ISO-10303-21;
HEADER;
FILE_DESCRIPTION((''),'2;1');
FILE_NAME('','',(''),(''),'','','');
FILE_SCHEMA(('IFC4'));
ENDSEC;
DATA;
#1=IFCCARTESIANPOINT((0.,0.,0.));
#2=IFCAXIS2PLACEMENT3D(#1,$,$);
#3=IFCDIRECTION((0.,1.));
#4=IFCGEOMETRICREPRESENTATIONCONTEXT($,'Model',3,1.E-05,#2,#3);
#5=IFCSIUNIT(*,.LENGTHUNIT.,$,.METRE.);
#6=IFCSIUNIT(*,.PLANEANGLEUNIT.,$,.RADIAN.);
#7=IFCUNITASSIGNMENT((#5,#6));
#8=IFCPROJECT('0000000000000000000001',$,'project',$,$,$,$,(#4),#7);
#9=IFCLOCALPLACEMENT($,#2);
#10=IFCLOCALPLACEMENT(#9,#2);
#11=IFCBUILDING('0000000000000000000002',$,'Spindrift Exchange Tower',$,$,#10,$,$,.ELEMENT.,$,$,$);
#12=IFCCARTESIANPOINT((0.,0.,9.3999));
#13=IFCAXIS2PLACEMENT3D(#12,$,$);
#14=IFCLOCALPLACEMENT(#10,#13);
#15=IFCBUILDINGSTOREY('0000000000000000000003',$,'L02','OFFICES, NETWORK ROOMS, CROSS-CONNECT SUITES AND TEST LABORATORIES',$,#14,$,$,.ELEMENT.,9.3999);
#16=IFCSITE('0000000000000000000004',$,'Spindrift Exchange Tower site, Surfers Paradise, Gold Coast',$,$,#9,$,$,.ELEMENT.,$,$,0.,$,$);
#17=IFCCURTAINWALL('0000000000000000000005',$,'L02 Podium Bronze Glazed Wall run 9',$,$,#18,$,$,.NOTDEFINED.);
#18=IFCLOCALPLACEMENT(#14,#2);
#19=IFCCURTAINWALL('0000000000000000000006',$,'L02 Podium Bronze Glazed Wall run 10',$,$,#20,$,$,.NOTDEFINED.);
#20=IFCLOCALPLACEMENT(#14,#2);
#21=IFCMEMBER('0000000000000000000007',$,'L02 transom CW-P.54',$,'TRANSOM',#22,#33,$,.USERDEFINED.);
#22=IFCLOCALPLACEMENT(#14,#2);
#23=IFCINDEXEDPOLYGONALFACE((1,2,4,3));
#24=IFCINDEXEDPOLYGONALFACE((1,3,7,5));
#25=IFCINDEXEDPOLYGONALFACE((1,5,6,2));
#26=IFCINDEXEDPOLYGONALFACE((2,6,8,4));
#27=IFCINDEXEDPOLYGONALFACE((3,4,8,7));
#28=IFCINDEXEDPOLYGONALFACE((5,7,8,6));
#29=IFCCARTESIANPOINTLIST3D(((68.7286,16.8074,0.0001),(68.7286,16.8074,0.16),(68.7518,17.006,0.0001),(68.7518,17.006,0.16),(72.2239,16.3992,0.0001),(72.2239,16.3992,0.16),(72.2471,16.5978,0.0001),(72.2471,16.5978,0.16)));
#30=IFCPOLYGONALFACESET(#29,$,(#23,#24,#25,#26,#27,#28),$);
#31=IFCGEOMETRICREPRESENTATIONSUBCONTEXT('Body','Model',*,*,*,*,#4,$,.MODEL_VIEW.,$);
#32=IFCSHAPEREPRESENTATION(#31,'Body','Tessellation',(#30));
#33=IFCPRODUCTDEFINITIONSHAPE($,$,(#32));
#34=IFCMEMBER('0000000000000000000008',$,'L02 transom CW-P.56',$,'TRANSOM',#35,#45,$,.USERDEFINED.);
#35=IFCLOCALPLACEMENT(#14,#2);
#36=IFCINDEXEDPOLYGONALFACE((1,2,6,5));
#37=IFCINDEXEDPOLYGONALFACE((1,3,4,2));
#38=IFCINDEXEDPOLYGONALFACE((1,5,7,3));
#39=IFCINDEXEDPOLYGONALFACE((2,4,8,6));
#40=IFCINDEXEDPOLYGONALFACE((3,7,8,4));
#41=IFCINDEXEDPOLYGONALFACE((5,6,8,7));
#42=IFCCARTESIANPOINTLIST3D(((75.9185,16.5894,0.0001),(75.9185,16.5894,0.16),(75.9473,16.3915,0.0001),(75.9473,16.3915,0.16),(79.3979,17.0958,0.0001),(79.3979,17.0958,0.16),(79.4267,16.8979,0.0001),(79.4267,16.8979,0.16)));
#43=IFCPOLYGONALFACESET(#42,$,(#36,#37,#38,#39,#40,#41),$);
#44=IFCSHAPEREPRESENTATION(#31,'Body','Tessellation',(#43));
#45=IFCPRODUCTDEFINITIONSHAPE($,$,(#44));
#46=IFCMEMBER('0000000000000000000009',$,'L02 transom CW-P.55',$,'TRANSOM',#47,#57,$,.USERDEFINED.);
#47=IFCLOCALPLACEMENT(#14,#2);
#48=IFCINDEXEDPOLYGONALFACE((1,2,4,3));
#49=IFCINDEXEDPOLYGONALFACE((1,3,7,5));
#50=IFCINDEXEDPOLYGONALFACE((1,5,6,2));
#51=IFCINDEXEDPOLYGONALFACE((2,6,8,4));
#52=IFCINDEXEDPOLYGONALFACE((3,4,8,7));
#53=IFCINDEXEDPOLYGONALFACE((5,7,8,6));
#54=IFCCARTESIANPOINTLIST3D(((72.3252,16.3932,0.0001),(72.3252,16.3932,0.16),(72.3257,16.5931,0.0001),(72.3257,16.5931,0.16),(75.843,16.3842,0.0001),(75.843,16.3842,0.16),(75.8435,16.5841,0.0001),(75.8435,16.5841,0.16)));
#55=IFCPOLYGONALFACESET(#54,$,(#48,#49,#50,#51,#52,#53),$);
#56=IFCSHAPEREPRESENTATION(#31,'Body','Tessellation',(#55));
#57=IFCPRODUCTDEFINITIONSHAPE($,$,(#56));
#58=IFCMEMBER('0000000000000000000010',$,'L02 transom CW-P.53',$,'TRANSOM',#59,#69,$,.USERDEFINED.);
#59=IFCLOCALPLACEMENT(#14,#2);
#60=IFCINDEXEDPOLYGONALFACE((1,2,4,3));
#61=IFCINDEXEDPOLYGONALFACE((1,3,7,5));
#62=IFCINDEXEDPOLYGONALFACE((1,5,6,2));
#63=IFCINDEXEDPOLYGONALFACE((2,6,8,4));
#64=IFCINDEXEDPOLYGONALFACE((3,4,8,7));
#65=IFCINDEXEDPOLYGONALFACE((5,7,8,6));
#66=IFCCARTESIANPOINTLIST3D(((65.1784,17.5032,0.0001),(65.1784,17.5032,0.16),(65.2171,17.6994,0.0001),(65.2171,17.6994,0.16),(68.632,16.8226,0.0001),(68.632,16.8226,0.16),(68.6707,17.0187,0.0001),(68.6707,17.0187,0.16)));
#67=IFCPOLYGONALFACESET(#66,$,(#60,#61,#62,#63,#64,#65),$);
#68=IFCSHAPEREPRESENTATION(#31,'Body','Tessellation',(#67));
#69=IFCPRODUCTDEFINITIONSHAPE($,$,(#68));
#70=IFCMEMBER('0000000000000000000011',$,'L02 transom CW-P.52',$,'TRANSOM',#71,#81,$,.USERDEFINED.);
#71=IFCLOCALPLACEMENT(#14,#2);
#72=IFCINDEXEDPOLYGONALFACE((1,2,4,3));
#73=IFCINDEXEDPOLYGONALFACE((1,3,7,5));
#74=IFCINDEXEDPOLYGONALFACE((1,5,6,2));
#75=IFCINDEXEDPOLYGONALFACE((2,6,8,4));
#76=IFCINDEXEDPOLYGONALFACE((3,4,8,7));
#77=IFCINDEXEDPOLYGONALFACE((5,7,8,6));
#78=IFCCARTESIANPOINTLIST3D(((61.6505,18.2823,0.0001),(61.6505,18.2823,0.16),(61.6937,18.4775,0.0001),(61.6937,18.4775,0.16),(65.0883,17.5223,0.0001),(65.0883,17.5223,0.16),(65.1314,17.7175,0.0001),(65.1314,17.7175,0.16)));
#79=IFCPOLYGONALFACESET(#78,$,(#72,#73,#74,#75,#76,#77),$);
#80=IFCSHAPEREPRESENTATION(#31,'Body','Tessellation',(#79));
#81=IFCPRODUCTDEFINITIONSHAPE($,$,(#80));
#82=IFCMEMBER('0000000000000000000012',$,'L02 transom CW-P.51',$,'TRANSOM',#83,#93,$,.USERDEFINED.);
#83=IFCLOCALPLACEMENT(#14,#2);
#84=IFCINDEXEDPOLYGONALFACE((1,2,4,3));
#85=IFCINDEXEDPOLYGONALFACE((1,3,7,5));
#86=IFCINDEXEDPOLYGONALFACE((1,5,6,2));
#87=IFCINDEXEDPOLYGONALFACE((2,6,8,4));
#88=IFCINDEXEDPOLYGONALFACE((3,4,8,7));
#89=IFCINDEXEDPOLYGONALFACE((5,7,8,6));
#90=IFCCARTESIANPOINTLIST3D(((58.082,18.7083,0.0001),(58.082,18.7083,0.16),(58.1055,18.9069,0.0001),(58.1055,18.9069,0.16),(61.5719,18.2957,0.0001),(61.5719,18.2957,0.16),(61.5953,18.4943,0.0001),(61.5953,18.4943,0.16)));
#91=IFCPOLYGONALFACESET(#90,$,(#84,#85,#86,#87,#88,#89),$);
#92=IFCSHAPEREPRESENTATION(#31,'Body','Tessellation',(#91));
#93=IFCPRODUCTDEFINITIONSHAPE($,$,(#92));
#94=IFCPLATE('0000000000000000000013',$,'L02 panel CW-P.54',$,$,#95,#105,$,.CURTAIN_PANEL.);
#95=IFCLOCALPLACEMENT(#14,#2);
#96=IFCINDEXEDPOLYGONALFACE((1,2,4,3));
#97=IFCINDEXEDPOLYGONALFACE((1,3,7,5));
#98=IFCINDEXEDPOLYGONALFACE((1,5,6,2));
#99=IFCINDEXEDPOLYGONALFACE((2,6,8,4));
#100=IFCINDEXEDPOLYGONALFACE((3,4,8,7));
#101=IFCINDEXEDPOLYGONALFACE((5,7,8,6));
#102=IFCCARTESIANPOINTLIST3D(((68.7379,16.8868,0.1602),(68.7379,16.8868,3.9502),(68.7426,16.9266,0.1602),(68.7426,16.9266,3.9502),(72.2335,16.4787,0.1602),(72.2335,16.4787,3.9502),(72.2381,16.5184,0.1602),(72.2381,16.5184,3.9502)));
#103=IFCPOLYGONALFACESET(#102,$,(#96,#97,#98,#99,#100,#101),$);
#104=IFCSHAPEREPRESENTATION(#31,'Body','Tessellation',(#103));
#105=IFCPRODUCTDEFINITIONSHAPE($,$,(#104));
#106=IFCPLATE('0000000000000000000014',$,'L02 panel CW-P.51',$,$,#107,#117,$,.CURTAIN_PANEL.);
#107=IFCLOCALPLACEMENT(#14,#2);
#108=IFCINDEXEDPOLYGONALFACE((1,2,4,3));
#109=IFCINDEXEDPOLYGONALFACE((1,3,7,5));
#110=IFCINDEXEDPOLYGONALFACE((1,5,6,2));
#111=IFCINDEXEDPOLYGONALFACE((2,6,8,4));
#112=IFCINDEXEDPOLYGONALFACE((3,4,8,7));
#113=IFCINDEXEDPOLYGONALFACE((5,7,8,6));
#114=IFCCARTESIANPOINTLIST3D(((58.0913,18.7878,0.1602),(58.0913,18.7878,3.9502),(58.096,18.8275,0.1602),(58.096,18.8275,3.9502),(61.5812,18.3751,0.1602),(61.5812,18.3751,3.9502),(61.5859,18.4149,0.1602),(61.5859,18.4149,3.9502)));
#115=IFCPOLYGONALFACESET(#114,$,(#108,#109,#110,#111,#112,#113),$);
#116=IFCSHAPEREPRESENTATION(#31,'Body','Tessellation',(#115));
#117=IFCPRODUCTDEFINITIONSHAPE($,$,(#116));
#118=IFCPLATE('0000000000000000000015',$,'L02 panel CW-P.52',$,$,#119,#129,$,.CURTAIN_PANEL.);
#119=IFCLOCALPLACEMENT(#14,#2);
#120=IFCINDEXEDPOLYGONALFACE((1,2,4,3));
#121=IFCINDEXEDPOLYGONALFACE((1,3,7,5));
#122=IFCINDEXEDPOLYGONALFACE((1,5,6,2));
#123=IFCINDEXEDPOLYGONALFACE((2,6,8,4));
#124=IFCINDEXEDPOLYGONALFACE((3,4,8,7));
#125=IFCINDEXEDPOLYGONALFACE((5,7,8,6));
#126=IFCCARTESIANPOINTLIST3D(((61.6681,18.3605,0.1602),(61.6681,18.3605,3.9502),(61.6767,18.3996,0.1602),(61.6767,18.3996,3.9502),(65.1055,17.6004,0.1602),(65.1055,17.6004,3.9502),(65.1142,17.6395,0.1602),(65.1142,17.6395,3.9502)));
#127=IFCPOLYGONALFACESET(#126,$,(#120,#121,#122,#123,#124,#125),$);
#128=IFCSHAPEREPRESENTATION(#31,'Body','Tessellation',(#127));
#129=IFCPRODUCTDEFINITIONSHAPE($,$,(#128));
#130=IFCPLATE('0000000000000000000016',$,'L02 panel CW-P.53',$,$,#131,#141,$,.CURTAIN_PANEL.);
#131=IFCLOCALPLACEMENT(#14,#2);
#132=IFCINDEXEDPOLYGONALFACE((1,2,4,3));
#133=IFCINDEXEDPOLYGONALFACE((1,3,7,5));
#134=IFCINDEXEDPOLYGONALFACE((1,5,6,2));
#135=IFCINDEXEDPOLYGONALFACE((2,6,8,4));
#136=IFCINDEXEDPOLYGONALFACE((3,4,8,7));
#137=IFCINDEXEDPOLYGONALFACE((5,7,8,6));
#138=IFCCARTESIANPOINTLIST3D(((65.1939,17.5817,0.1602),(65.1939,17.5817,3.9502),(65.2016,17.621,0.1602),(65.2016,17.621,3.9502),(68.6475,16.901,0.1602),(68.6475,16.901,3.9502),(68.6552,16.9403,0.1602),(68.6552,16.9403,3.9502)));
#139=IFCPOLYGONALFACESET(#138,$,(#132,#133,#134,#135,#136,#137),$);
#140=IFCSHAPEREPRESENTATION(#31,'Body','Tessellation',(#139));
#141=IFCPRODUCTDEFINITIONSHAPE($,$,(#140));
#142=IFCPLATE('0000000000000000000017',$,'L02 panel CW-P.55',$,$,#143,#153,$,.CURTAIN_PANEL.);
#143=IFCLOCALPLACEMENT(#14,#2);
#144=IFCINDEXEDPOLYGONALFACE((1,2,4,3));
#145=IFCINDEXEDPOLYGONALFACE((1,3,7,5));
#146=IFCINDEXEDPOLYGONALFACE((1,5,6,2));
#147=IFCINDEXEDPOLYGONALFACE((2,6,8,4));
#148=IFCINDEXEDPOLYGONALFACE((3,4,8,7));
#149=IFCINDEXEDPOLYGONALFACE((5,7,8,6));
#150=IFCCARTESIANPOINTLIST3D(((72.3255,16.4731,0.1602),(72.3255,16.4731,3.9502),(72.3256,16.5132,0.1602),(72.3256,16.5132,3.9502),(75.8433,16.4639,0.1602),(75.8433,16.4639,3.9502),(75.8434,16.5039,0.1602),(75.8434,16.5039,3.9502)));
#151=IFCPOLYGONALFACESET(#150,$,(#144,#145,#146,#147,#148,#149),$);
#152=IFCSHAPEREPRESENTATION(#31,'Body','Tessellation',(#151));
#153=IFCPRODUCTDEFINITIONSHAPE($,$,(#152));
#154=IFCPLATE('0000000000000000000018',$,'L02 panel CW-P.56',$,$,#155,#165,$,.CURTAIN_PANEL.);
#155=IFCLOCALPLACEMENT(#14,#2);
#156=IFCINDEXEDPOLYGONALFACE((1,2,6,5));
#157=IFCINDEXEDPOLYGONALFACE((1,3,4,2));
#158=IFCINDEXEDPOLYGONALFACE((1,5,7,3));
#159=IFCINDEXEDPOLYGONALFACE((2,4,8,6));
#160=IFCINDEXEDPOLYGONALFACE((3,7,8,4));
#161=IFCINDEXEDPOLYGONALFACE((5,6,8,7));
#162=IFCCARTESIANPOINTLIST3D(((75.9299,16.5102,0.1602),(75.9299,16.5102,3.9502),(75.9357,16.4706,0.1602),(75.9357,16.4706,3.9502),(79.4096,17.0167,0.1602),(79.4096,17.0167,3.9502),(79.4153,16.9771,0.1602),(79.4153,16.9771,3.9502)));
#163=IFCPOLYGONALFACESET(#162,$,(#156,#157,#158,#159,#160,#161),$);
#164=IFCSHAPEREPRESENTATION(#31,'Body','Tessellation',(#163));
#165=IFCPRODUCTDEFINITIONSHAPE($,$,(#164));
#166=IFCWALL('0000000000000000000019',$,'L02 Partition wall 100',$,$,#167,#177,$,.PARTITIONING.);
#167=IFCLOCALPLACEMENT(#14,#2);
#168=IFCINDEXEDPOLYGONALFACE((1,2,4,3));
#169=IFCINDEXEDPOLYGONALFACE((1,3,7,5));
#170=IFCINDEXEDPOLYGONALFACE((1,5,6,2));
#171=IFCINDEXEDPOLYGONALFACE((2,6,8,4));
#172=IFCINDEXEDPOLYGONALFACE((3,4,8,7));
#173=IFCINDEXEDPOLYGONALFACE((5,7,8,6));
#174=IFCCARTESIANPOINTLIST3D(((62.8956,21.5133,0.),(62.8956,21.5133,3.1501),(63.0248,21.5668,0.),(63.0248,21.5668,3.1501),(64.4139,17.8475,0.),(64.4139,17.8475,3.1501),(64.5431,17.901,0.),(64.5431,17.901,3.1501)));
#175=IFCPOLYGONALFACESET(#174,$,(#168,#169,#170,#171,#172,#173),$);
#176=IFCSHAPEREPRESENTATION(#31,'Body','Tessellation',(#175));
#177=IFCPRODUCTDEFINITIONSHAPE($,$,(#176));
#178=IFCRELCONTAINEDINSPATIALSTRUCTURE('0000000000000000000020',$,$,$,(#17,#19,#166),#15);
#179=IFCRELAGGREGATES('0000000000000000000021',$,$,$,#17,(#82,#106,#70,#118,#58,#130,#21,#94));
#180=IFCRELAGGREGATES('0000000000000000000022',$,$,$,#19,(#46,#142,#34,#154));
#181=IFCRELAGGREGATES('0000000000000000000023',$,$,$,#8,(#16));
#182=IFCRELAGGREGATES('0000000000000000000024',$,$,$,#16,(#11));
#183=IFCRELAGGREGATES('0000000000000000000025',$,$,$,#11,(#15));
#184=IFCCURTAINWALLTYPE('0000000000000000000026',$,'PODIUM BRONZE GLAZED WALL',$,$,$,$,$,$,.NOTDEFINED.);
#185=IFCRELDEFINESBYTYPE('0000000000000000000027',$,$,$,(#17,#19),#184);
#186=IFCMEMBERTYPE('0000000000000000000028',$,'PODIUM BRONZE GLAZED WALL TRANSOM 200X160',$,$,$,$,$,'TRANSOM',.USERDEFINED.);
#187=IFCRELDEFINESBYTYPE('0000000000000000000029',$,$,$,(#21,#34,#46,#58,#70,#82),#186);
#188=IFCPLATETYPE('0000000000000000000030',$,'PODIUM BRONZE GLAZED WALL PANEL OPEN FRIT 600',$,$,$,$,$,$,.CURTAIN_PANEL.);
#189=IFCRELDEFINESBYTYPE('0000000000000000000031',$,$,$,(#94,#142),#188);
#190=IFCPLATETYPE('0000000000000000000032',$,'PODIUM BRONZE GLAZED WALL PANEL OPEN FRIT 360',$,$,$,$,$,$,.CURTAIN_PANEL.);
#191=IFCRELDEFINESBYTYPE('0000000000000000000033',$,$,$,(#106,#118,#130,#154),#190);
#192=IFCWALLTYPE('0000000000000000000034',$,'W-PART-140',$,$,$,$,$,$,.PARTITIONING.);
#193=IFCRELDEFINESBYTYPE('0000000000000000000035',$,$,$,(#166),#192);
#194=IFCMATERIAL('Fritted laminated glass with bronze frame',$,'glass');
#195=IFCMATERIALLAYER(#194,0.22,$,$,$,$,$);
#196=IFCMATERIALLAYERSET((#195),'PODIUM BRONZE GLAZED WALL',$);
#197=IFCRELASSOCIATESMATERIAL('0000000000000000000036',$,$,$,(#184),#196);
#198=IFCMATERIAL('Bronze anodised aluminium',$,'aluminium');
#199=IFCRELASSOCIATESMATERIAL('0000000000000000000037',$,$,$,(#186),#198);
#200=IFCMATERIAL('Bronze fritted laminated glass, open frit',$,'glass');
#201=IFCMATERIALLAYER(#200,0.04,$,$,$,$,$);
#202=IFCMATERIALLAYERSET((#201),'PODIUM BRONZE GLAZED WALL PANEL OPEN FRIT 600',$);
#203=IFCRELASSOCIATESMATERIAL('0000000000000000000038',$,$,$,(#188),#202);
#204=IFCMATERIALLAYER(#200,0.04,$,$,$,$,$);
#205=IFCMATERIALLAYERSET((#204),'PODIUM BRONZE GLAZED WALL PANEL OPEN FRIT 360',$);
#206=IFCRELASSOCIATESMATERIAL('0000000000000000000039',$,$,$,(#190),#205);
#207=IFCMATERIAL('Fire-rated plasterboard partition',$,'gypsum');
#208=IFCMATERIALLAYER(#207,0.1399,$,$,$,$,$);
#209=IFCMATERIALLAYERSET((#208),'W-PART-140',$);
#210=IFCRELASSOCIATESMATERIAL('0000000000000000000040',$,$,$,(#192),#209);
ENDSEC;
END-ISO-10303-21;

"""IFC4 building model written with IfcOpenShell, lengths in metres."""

from ifc_helpers import new_model, si_unit, direction, frame, frame_2d, origin, origin_2d, place, context, subcontext, project, spatial, rectangle, extrude, source, transform, mapped, material, layer, layer_set, material_profile, profile_set, type_object, element, aggregate, save


model = new_model("IFC4")

# Units and contexts
model_context = context("Model", 3, precision=1e-05, world=origin(), true_north=direction((0.0, 1.0)))
body_context = subcontext(model_context, "Body", "Model", "MODEL_VIEW")
ifc_project = project(units=[si_unit("LENGTHUNIT", "METRE"), si_unit("PLANEANGLEUNIT", "RADIAN")], contexts=[model_context])

# Site, building, storey
site_placement = place(None, origin())
site = spatial("IfcSite", under=ifc_project, at=site_placement, Name="Spindrift Exchange Tower site, Surfers Paradise, Gold Coast", CompositionType="ELEMENT", RefElevation=0.0)
building_placement = place(site_placement, origin())
building = spatial("IfcBuilding", under=site, at=building_placement, Name="Spindrift Exchange Tower", CompositionType="ELEMENT")
storey_placement = place(building_placement, frame((0.0, 0.0, 9.3999)))
storey = spatial("IfcBuildingStorey", under=building, at=storey_placement, Name="L02", Description="OFFICES, NETWORK ROOMS, CROSS-CONNECT SUITES AND TEST LABORATORIES", CompositionType="ELEMENT", Elevation=9.3999)

# Curtain walls
ifc_material_1 = material(Name="Fritted laminated glass with bronze frame", Category="glass")
ifc_layer_1 = layer(ifc_material_1, 0.22)
ifc_layer_set_1 = layer_set([ifc_layer_1], Name="PODIUM BRONZE GLAZED WALL")
curtain_wall_type = type_object("IfcCurtainWallType", Name="PODIUM BRONZE GLAZED WALL", PredefinedType="NOTDEFINED", material=ifc_layer_set_1)
curtain_wall_1_placement = place(storey_placement, origin())
curtain_wall_1 = element("IfcCurtainWall", 1, at=curtain_wall_1_placement, inside=storey, type_object=curtain_wall_type, Name="L02 Podium Bronze Glazed Wall run 9", PredefinedType="NOTDEFINED")
ifc_material_2 = material(Name="Bronze anodised aluminium", Category="aluminium")
curtain_wall_2_placement = place(storey_placement, origin())
curtain_wall_2 = element("IfcCurtainWall", 2, at=curtain_wall_2_placement, inside=storey, type_object=curtain_wall_type, Name="L02 Podium Bronze Glazed Wall run 10", PredefinedType="NOTDEFINED")

# Members
ifc_material_profile_1 = material_profile(ifc_material_2, rectangle(XDim=0.2, YDim=0.1599, at=origin_2d()), Name="PODIUM BRONZE GLAZED WALL TRANSOM 200X160")
ifc_profile_set_1 = profile_set([ifc_material_profile_1], Name="Bronze anodised aluminium")
member_type_1 = type_object("IfcMemberType", Name="PODIUM BRONZE GLAZED WALL TRANSOM 200X160", ElementType="TRANSOM", PredefinedType="USERDEFINED", material=ifc_profile_set_1)
shared_shape_1 = source(origin(), body_context, "Body", "SweptSolid", [
    extrude(rectangle(XDim=0.2, YDim=0.1599, at=origin_2d()), origin(), (0.0, 0.0, 1.0), 3.519),
])
member_1_placement = place(storey_placement, frame((68.7402, 16.9067, 0.0801), z_axis=(0.99325, -0.115996, 0.0), x_axis=(0.115996, 0.99325, 0.0)))
member_1 = element("IfcMember", 3, at=member_1_placement, type_object=member_type_1, Name="L02 transom CW-P.54", ObjectType="TRANSOM", PredefinedType="USERDEFINED", context=body_context, shape_type="MappedRepresentation", body=[
    mapped(shared_shape_1, transform((0.0, 0.0, 0.0), scale=1.0)),
])
shared_shape_2 = source(origin(), body_context, "Body", "SweptSolid", [
    extrude(rectangle(XDim=0.2, YDim=0.1599, at=origin_2d()), origin(), (0.0, 0.0, 1.0), 3.5161),
])
member_2_placement = place(storey_placement, frame((75.9329, 16.4905, 0.0801), z_axis=(0.989577, 0.144007, 0.0), x_axis=(-0.144007, 0.989577, 0.0)))
member_2 = element("IfcMember", 4, at=member_2_placement, type_object=member_type_1, Name="L02 transom CW-P.56", ObjectType="TRANSOM", PredefinedType="USERDEFINED", context=body_context, shape_type="MappedRepresentation", body=[
    mapped(shared_shape_2, transform((0.0, 0.0, 0.0), scale=1.0)),
])
shared_shape_3 = source(origin(), body_context, "Body", "SweptSolid", [
    extrude(rectangle(XDim=0.2, YDim=0.1599, at=origin_2d()), origin(), (0.0, 0.0, 1.0), 3.5178),
])
member_3_placement = place(storey_placement, frame((72.3254, 16.4932, 0.0801), z_axis=(0.999997, -0.002568, 0.0), x_axis=(0.002568, 0.999997, 0.0)))
member_3 = element("IfcMember", 5, at=member_3_placement, type_object=member_type_1, Name="L02 transom CW-P.55", ObjectType="TRANSOM", PredefinedType="USERDEFINED", context=body_context, shape_type="MappedRepresentation", body=[
    mapped(shared_shape_3, transform((0.0, 0.0, 0.0), scale=1.0)),
])
shared_shape_4 = source(origin(), body_context, "Body", "SweptSolid", [
    extrude(rectangle(XDim=0.2, YDim=0.1599, at=origin_2d()), origin(), (0.0, 0.0, 1.0), 3.52),
])
member_4_placement = place(storey_placement, frame((65.1978, 17.6013, 0.0801), z_axis=(0.981126, -0.193368, 0.0), x_axis=(0.193368, 0.981126, 0.0)))
member_4 = element("IfcMember", 6, at=member_4_placement, type_object=member_type_1, Name="L02 transom CW-P.53", ObjectType="TRANSOM", PredefinedType="USERDEFINED", context=body_context, shape_type="MappedRepresentation", body=[
    mapped(shared_shape_4, transform((0.0, 0.0, 0.0), scale=1.0)),
])
shared_shape_5 = source(origin(), body_context, "Body", "SweptSolid", [
    extrude(rectangle(XDim=0.2, YDim=0.1599, at=origin_2d()), origin(), (0.0, 0.0, 1.0), 3.5208),
])
member_5_placement = place(storey_placement, frame((61.6721, 18.3799, 0.0801), z_axis=(0.976423, -0.215866, 0.0), x_axis=(0.215866, 0.976423, 0.0)))
member_5 = element("IfcMember", 7, at=member_5_placement, type_object=member_type_1, Name="L02 transom CW-P.52", ObjectType="TRANSOM", PredefinedType="USERDEFINED", context=body_context, shape_type="MappedRepresentation", body=[
    mapped(shared_shape_5, transform((0.0, 0.0, 0.0), scale=1.0)),
])
shared_shape_6 = source(origin(), body_context, "Body", "SweptSolid", [
    extrude(rectangle(XDim=0.2, YDim=0.1599, at=origin_2d()), origin(), (0.0, 0.0, 1.0), 3.5142),
])
member_6_placement = place(storey_placement, frame((58.0938, 18.8076, 0.0801), z_axis=(0.993083, -0.117414, 0.0), x_axis=(0.117414, 0.993083, 0.0)))
member_6 = element("IfcMember", 8, at=member_6_placement, type_object=member_type_1, Name="L02 transom CW-P.51", ObjectType="TRANSOM", PredefinedType="USERDEFINED", context=body_context, shape_type="MappedRepresentation", body=[
    mapped(shared_shape_6, transform((0.0, 0.0, 0.0), scale=1.0)),
])

# Plates
ifc_material_3 = material(Name="Bronze fritted laminated glass, open frit", Category="glass")
ifc_layer_2 = layer(ifc_material_3, 0.04)
ifc_layer_set_2 = layer_set([ifc_layer_2], Name="PODIUM BRONZE GLAZED WALL PANEL OPEN FRIT 600")
plate_type_1 = type_object("IfcPlateType", Name="PODIUM BRONZE GLAZED WALL PANEL OPEN FRIT 600", PredefinedType="CURTAIN_PANEL", material=ifc_layer_set_2)
shared_shape_7 = source(origin(), body_context, "Body", "SweptSolid", [
    extrude(rectangle(XDim=3.5193, YDim=0.04, at=origin_2d()), origin(), (0.0, 0.0, 1.0), 3.79),
])
plate_1_placement = place(storey_placement, frame((70.488, 16.7026, 0.1602), z_axis=(0.0, 0.0, 1.0), x_axis=(0.993251, -0.115983, 0.0)))
plate_1 = element("IfcPlate", 9, at=plate_1_placement, type_object=plate_type_1, Name="L02 panel CW-P.54", PredefinedType="CURTAIN_PANEL", context=body_context, shape_type="MappedRepresentation", body=[
    mapped(shared_shape_7, transform((0.0, 0.0, 0.0), scale=1.0)),
])
ifc_layer_3 = layer(ifc_material_3, 0.04)
ifc_layer_set_3 = layer_set([ifc_layer_3], Name="PODIUM BRONZE GLAZED WALL PANEL OPEN FRIT 360")
plate_type_2 = type_object("IfcPlateType", Name="PODIUM BRONZE GLAZED WALL PANEL OPEN FRIT 360", PredefinedType="CURTAIN_PANEL", material=ifc_layer_set_3)
shared_shape_8 = source(origin(), body_context, "Body", "SweptSolid", [
    extrude(rectangle(XDim=3.5142, YDim=0.04, at=origin_2d()), origin(), (0.0, 0.0, 1.0), 3.79),
])
plate_2_placement = place(storey_placement, frame((59.8386, 18.6013, 0.1602), z_axis=(0.0, 0.0, 1.0), x_axis=(0.993082, -0.117421, 0.0)))
plate_2 = element("IfcPlate", 10, at=plate_2_placement, type_object=plate_type_2, Name="L02 panel CW-P.51", PredefinedType="CURTAIN_PANEL", context=body_context, shape_type="MappedRepresentation", body=[
    mapped(shared_shape_8, transform((0.0, 0.0, 0.0), scale=1.0)),
])
shared_shape_9 = source(origin(), body_context, "Body", "SweptSolid", [
    extrude(rectangle(XDim=3.5205, YDim=0.04, at=origin_2d()), origin(), (0.0, 0.0, 1.0), 3.79),
])
plate_3_placement = place(storey_placement, frame((63.3911, 18.0, 0.1602), z_axis=(0.0, 0.0, 1.0), x_axis=(0.976411, -0.215922, 0.0)))
plate_3 = element("IfcPlate", 11, at=plate_3_placement, type_object=plate_type_2, Name="L02 panel CW-P.52", PredefinedType="CURTAIN_PANEL", context=body_context, shape_type="MappedRepresentation", body=[
    mapped(shared_shape_9, transform((0.0, 0.0, 0.0), scale=1.0)),
])
shared_shape_10 = source(origin(), body_context, "Body", "SweptSolid", [
    extrude(rectangle(XDim=3.52, YDim=0.04, at=origin_2d()), origin(), (0.0, 0.0, 1.0), 3.79),
])
plate_4_placement = place(storey_placement, frame((66.9246, 17.261, 0.1602), z_axis=(0.0, 0.0, 1.0), x_axis=(0.981125, -0.193377, 0.0)))
plate_4 = element("IfcPlate", 12, at=plate_4_placement, type_object=plate_type_2, Name="L02 panel CW-P.53", PredefinedType="CURTAIN_PANEL", context=body_context, shape_type="MappedRepresentation", body=[
    mapped(shared_shape_10, transform((0.0, 0.0, 0.0), scale=1.0)),
])
aggregate(curtain_wall_1, [member_6, plate_2, member_5, plate_3, member_4, plate_4, member_1, plate_1])
shared_shape_11 = source(origin(), body_context, "Body", "SweptSolid", [
    extrude(rectangle(XDim=3.5178, YDim=0.04, at=origin_2d()), origin(), (0.0, 0.0, 1.0), 3.79),
])
plate_5_placement = place(storey_placement, frame((74.0845, 16.4885, 0.1602), z_axis=(0.0, 0.0, 1.0), x_axis=(0.999997, -0.002634, 0.0)))
plate_5 = element("IfcPlate", 13, at=plate_5_placement, type_object=plate_type_1, Name="L02 panel CW-P.55", PredefinedType="CURTAIN_PANEL", context=body_context, shape_type="MappedRepresentation", body=[
    mapped(shared_shape_11, transform((0.0, 0.0, 0.0), scale=1.0)),
])
shared_shape_12 = source(origin(), body_context, "Body", "SweptSolid", [
    extrude(rectangle(XDim=3.5164, YDim=0.04, at=origin_2d()), origin(), (0.0, 0.0, 1.0), 3.79),
])
plate_6_placement = place(storey_placement, frame((77.6726, 16.7437, 0.1602), z_axis=(0.0, 0.0, 1.0), x_axis=(0.98957, 0.144052, 0.0)))
plate_6 = element("IfcPlate", 14, at=plate_6_placement, type_object=plate_type_2, Name="L02 panel CW-P.56", PredefinedType="CURTAIN_PANEL", context=body_context, shape_type="MappedRepresentation", body=[
    mapped(shared_shape_12, transform((0.0, 0.0, 0.0), scale=1.0)),
])
aggregate(curtain_wall_2, [member_3, plate_5, member_2, plate_6])

# Wall
ifc_material_4 = material(Name="Fire-rated plasterboard partition", Category="gypsum")
ifc_layer_4 = layer(ifc_material_4, 0.1399)
ifc_layer_set_4 = layer_set([ifc_layer_4], Name="W-PART-140")
wall_type_1 = type_object("IfcWallType", Name="W-PART-140", PredefinedType="PARTITIONING", material=ifc_layer_set_4)
wall_1_placement = place(storey_placement, frame((62.9602, 21.54, 0.0), z_axis=(0.0, 0.0, 1.0), x_axis=(0.382662, -0.923889, 0.0)))
element("IfcWall", 15, at=wall_1_placement, inside=storey, type_object=wall_type_1, Name="L02 Partition wall 100", PredefinedType="PARTITIONING", context=body_context, shape_type="SweptSolid", body=[
    extrude(rectangle(XDim=3.9678, YDim=0.1399, at=frame_2d((1.9839, 0.0))), origin(), (0.0, 0.0, 1.0), 3.1501),
])

save(model, "model.ifc")
